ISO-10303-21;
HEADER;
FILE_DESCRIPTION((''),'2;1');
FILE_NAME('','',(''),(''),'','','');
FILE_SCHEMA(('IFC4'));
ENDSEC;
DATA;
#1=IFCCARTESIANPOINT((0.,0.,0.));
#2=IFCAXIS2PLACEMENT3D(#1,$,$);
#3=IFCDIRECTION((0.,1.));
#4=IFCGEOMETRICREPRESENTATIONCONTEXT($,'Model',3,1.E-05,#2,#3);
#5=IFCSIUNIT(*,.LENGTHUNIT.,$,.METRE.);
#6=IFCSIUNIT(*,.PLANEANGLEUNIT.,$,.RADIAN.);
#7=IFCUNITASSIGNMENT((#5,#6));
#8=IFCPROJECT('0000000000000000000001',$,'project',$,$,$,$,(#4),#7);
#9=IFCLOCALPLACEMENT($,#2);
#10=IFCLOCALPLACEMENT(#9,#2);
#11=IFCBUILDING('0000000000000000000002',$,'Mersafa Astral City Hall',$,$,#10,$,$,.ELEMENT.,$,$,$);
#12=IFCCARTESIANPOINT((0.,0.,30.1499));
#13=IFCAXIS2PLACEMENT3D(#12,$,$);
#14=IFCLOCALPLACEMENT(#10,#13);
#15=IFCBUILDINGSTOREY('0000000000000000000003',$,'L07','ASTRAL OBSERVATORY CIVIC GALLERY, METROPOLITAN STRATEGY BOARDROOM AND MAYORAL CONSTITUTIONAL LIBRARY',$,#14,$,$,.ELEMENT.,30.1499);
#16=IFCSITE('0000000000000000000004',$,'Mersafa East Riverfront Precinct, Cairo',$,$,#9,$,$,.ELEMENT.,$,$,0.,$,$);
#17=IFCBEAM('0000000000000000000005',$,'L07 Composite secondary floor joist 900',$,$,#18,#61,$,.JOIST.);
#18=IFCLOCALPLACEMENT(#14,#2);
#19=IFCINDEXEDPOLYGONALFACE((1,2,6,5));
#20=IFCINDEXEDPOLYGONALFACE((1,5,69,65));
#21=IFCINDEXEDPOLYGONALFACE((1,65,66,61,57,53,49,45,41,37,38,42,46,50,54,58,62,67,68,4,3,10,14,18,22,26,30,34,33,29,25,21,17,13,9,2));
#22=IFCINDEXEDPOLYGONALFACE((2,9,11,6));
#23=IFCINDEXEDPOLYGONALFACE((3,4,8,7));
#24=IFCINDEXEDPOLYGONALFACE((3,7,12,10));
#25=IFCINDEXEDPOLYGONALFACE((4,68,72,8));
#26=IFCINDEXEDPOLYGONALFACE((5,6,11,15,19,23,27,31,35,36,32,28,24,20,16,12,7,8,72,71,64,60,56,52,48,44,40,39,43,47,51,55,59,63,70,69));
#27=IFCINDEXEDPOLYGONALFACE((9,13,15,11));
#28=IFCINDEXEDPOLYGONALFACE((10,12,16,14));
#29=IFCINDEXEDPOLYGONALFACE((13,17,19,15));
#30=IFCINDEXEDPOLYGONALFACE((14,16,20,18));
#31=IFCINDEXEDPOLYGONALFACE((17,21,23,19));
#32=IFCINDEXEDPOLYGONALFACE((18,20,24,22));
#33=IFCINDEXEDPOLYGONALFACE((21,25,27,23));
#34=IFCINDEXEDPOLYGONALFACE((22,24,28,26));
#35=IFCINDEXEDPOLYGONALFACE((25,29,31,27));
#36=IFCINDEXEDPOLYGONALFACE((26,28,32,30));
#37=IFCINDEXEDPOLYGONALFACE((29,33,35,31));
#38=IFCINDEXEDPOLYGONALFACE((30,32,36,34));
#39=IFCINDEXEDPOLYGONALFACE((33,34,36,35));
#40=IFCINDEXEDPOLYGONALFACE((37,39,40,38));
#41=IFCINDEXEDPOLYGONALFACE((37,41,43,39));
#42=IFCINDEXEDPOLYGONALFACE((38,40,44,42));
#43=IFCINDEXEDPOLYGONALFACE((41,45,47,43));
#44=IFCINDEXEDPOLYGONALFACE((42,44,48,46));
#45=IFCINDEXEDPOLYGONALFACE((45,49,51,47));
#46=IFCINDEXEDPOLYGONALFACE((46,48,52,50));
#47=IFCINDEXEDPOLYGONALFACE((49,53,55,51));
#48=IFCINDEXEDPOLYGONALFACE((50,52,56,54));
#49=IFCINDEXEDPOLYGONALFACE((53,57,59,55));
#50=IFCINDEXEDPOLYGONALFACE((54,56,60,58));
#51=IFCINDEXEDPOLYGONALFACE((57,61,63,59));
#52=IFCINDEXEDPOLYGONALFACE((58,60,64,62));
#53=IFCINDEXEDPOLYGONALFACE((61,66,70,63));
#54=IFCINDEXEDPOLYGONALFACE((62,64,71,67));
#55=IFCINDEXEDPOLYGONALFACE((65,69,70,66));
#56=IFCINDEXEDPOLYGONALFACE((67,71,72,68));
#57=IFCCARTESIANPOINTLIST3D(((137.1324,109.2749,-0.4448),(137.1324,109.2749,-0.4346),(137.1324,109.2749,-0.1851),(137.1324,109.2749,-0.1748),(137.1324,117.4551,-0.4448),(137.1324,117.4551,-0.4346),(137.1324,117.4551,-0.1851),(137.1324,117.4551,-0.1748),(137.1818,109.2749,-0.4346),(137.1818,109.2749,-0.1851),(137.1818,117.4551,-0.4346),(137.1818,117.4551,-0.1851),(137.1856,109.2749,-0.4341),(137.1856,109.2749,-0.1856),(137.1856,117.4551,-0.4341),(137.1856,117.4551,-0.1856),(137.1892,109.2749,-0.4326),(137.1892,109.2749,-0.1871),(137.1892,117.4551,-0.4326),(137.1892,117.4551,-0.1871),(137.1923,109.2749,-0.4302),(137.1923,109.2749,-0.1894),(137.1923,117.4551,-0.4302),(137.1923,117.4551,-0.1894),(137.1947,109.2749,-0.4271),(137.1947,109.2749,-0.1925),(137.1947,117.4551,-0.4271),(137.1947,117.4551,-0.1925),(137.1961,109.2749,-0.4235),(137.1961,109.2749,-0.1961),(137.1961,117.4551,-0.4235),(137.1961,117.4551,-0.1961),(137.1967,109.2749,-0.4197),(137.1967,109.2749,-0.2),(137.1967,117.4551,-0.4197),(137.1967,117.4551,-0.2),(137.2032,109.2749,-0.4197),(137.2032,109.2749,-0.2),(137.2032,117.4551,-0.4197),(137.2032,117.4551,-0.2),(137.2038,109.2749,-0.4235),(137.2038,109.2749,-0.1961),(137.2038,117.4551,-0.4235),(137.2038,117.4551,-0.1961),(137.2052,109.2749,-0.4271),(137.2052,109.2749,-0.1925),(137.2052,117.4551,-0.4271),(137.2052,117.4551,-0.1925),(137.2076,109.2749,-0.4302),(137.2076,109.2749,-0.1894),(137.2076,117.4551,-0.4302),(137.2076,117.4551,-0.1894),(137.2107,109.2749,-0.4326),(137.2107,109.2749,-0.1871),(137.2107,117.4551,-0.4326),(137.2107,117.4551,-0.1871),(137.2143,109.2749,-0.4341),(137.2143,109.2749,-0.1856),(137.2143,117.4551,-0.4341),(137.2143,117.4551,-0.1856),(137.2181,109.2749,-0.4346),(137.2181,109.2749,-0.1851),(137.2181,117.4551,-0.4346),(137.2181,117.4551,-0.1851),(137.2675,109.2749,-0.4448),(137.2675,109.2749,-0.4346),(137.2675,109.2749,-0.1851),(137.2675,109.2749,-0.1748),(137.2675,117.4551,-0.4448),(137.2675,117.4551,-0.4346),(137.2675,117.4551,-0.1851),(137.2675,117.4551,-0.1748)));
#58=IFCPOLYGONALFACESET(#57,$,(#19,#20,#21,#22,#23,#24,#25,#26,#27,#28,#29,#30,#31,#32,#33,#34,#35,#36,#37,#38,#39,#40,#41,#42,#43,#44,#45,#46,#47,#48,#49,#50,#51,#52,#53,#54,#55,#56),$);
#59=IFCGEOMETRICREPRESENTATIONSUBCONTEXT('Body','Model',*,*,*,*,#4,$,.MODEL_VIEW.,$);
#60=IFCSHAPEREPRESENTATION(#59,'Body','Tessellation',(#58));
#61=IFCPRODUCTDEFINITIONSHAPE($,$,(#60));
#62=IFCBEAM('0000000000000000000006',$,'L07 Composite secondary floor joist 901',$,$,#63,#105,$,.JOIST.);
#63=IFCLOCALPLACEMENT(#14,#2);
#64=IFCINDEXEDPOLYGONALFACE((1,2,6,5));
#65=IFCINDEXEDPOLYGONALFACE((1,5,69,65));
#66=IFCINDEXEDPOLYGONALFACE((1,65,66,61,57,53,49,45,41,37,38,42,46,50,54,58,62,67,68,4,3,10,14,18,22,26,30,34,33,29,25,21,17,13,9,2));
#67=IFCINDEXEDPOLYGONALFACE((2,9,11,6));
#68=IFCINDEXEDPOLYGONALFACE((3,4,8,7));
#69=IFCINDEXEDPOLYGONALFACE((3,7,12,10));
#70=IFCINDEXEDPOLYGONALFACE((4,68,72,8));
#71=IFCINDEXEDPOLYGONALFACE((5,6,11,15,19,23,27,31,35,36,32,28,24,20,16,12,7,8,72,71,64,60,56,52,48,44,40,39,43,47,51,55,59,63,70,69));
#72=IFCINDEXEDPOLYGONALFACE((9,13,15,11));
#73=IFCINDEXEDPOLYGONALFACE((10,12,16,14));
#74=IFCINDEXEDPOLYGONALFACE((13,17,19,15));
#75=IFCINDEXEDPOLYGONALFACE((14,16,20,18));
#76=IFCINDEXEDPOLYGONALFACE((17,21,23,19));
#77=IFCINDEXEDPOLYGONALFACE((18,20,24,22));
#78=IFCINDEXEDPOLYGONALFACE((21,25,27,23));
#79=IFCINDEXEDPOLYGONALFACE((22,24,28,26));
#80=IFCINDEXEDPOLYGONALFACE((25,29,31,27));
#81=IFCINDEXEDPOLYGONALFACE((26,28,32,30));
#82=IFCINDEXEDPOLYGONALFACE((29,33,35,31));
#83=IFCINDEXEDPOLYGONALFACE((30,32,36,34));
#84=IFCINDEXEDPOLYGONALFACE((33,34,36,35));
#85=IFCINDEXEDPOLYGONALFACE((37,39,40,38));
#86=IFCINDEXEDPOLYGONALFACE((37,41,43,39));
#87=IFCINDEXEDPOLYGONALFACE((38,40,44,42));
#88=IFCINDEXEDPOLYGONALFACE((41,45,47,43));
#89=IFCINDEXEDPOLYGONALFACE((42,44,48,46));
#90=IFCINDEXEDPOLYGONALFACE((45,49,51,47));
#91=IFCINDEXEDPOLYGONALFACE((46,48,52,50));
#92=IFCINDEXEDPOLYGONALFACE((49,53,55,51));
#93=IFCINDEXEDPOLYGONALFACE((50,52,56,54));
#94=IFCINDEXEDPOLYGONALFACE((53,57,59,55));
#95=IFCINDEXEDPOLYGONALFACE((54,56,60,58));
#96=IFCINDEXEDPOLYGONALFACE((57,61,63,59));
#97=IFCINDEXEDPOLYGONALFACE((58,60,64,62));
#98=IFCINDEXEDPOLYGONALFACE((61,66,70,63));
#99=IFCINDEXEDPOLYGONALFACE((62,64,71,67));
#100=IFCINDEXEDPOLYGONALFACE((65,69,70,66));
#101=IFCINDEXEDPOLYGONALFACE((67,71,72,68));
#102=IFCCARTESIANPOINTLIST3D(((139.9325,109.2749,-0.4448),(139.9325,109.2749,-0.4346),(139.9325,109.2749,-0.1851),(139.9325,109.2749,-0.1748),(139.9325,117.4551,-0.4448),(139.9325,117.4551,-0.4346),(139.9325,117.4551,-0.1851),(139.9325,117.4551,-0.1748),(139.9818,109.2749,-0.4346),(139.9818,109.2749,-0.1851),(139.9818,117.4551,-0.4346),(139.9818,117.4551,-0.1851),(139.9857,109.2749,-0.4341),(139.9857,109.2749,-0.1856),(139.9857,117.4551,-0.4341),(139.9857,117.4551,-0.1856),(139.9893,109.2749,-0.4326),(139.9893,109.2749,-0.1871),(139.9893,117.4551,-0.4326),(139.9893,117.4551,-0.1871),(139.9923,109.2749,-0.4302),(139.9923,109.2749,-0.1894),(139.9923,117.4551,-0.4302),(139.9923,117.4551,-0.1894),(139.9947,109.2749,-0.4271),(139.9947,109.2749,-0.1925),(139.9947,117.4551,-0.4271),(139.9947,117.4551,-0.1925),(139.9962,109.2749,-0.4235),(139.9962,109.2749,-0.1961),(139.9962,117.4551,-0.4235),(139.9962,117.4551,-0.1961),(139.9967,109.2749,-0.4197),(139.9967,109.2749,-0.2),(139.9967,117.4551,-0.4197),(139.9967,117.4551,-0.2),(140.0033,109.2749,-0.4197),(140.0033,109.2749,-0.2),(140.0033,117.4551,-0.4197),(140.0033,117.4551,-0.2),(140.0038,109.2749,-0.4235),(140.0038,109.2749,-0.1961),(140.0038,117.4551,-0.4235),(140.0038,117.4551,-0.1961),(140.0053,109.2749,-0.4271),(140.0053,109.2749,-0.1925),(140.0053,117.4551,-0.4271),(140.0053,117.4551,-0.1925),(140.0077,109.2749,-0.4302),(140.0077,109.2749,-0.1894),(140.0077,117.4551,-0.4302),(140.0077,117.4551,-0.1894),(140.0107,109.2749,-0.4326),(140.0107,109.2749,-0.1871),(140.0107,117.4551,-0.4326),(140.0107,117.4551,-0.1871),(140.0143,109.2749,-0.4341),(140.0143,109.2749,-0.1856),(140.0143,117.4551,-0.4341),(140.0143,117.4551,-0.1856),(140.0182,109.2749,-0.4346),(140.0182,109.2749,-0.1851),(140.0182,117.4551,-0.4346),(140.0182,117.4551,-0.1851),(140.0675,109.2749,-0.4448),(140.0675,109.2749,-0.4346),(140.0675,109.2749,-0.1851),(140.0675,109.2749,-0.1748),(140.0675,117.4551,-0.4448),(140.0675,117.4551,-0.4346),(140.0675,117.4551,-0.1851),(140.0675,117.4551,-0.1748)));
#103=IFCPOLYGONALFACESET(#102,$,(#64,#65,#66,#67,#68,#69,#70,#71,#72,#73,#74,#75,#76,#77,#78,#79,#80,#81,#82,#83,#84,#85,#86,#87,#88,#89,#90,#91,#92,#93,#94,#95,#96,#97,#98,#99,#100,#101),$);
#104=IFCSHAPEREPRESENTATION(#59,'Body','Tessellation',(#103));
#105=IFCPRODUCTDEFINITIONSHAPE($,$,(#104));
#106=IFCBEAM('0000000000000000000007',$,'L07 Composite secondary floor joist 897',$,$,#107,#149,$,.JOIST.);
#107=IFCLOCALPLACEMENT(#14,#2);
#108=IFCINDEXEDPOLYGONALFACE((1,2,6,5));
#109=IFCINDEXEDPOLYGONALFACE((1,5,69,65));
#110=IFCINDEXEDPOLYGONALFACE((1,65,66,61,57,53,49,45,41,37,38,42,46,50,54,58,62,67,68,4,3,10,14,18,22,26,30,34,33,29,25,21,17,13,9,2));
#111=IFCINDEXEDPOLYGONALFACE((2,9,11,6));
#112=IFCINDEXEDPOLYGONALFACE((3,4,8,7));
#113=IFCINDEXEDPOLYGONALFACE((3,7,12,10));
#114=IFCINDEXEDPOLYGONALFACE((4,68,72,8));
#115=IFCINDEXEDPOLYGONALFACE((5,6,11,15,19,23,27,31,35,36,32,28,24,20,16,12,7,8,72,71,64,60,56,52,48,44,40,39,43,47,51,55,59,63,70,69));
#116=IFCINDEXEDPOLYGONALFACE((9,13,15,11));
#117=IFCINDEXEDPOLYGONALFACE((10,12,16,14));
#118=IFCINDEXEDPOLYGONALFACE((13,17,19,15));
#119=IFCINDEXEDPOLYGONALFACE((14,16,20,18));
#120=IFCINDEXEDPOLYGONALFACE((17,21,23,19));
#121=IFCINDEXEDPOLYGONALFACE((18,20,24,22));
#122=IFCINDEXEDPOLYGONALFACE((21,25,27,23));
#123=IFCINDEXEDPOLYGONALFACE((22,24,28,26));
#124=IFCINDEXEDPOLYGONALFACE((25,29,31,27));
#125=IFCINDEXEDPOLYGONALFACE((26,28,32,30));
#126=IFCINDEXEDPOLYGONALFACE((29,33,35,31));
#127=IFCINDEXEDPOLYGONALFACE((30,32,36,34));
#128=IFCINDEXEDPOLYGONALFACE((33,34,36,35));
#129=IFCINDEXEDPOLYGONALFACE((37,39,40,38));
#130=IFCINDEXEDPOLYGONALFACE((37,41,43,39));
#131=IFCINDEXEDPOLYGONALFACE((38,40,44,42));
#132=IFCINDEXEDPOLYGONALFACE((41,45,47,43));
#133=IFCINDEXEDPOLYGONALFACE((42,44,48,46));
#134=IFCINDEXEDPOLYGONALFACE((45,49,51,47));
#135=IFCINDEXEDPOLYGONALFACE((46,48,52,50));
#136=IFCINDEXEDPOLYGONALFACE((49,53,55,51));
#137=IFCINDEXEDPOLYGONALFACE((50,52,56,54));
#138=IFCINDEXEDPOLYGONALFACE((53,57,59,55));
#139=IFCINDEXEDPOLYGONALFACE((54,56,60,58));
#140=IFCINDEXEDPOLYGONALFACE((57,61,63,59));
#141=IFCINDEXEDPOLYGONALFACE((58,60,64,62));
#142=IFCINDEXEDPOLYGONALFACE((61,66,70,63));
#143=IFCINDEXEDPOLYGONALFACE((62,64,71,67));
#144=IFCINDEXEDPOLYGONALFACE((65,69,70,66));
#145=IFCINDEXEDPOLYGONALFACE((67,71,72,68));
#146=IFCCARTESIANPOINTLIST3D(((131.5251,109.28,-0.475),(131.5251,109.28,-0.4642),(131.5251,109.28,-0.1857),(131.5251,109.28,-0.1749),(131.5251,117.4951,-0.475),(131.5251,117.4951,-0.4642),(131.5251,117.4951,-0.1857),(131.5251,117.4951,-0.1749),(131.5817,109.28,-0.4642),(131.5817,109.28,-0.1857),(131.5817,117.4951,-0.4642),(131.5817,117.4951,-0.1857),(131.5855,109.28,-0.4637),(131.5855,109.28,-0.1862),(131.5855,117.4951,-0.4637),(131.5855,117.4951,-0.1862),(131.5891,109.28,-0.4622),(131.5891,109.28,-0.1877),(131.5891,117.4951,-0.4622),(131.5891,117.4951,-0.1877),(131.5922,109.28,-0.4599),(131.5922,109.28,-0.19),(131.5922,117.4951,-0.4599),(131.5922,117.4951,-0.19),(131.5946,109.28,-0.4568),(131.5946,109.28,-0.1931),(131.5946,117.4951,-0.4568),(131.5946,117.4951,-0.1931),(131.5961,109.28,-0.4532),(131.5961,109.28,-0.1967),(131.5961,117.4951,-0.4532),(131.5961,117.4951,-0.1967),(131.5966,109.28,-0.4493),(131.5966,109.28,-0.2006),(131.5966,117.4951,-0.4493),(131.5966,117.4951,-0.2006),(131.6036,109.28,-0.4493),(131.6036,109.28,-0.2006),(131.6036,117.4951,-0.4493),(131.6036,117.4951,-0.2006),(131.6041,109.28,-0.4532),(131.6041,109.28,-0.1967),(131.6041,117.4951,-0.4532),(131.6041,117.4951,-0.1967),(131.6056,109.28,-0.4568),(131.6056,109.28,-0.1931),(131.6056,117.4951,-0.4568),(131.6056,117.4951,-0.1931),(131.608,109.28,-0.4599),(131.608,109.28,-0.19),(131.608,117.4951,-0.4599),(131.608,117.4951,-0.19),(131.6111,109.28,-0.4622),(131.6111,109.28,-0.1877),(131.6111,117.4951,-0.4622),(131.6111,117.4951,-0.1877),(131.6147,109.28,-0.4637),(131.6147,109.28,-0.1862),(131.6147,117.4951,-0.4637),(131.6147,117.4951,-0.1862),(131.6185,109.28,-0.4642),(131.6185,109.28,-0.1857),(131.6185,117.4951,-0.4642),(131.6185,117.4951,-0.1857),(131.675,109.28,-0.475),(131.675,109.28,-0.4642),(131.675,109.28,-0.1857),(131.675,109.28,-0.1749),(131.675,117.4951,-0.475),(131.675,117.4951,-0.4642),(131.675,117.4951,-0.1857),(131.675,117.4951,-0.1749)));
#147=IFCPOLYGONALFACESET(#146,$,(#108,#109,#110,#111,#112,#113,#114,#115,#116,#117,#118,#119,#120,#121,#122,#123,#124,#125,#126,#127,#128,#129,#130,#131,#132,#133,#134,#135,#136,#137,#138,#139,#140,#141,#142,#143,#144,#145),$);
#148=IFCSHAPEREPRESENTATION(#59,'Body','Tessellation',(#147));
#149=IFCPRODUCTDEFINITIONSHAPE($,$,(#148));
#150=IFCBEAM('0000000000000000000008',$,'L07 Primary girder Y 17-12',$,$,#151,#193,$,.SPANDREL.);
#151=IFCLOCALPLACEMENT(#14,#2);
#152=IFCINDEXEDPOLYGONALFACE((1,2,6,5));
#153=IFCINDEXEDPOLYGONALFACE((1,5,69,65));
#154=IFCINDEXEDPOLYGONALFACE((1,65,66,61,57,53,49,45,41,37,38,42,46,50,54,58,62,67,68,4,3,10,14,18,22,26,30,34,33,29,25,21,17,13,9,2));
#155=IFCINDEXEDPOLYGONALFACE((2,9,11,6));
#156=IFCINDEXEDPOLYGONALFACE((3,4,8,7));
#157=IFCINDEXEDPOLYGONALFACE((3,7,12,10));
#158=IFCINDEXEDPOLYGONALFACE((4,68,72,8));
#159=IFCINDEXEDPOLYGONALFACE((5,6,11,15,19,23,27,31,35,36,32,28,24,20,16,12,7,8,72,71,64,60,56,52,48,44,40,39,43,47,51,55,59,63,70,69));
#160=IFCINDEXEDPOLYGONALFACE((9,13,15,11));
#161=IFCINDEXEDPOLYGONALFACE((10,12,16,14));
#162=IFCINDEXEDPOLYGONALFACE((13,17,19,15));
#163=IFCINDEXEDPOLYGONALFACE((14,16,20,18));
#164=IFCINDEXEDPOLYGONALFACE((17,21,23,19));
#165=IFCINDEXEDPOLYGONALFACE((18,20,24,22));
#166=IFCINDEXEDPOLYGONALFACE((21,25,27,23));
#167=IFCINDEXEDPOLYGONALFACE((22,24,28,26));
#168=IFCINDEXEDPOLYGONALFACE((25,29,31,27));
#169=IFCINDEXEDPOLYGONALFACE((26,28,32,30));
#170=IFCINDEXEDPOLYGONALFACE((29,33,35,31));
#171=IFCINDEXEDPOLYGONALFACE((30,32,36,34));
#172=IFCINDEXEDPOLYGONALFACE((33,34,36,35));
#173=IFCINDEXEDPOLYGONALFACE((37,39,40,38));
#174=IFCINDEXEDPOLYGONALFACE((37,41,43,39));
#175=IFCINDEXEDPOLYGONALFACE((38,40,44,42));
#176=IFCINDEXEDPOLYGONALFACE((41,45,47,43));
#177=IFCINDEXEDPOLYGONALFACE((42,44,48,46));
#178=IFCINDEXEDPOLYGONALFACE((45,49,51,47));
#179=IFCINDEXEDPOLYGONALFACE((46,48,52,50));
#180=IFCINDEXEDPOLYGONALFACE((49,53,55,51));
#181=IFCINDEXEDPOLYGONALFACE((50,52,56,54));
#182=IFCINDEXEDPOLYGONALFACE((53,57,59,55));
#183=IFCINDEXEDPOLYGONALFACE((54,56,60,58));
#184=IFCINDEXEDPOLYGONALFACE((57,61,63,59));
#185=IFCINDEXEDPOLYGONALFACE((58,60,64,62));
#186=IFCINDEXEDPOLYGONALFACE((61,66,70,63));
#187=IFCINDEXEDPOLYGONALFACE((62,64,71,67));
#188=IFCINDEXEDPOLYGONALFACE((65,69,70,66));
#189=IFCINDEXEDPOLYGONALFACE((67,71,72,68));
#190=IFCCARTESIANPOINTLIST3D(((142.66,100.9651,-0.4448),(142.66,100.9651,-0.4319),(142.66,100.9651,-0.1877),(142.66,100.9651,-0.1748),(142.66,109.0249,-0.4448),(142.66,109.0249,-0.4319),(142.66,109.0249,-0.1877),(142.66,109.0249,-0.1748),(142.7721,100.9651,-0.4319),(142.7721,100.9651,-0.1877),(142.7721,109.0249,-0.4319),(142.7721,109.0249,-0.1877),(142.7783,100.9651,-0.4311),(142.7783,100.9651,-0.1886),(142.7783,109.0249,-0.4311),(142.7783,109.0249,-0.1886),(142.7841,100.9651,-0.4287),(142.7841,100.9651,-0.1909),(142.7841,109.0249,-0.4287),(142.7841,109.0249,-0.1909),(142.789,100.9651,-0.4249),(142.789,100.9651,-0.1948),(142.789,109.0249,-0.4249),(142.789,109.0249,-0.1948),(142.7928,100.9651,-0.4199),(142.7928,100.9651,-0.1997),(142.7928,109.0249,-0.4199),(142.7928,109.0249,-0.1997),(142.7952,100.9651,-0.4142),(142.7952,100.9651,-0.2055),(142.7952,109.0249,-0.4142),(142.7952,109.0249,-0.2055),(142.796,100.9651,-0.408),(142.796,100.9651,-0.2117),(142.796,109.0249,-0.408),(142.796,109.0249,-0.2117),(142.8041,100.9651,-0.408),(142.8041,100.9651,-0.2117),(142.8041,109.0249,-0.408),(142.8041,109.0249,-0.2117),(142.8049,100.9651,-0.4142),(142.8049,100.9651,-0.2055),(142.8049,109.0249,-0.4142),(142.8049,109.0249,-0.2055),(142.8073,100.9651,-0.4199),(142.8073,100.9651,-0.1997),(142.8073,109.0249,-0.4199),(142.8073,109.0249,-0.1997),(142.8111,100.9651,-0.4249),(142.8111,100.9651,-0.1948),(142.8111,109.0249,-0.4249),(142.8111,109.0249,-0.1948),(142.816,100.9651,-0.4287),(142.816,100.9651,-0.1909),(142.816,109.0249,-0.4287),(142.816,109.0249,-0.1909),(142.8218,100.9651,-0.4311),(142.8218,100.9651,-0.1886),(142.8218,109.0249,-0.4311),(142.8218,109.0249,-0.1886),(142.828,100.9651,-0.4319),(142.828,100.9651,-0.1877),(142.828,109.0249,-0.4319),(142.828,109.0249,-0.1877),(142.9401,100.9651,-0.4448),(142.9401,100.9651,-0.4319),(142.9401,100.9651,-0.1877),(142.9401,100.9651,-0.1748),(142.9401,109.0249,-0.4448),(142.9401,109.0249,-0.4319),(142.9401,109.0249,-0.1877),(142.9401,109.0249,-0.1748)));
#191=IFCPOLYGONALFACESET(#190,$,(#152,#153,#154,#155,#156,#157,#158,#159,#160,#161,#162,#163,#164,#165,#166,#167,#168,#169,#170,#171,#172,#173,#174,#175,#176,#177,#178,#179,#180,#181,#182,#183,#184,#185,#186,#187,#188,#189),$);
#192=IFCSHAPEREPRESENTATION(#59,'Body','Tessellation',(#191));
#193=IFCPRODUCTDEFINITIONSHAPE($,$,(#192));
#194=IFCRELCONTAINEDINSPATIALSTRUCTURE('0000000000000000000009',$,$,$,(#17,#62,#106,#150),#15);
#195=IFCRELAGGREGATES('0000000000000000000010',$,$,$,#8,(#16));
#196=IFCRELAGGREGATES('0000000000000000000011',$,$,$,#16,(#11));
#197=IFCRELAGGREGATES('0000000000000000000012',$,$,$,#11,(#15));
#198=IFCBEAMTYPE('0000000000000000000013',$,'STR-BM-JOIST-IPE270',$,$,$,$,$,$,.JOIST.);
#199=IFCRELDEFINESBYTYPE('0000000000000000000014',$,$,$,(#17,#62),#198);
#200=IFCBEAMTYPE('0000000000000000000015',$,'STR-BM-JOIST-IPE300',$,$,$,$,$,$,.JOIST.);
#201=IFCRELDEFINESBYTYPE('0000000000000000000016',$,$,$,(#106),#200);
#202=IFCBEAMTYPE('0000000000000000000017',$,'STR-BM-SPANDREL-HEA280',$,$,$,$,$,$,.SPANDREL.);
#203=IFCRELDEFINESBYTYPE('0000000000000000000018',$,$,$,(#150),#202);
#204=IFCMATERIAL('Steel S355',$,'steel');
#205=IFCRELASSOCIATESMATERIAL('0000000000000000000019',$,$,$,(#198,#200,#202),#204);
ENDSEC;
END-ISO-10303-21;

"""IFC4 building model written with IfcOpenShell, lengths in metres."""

from ifc_helpers import new_model, si_unit, direction, frame, origin, origin_2d, place, context, subcontext, project, spatial, i_section, extrude, material, material_profile, profile_set, type_object, element, save


model = new_model("IFC4")

# Units and contexts
model_context = context("Model", 3, precision=1e-05, world=origin(), true_north=direction((0.0, 1.0)))
body_context = subcontext(model_context, "Body", "Model", "MODEL_VIEW")
ifc_project = project(units=[si_unit("LENGTHUNIT", "METRE"), si_unit("PLANEANGLEUNIT", "RADIAN")], contexts=[model_context])

# Site, building, storey
site_placement = place(None, origin())
site = spatial("IfcSite", under=ifc_project, at=site_placement, Name="Mersafa East Riverfront Precinct, Cairo", CompositionType="ELEMENT", RefElevation=0.0)
building_placement = place(site_placement, origin())
building = spatial("IfcBuilding", under=site, at=building_placement, Name="Mersafa Astral City Hall", CompositionType="ELEMENT")
storey_placement = place(building_placement, frame((0.0, 0.0, 30.1499)))
storey = spatial("IfcBuildingStorey", under=building, at=storey_placement, Name="L07", Description="ASTRAL OBSERVATORY CIVIC GALLERY, METROPOLITAN STRATEGY BOARDROOM AND MAYORAL CONSTITUTIONAL LIBRARY", CompositionType="ELEMENT", Elevation=30.1499)

# Shared definitions
ifc_material_1 = material(Name="Steel S355", Category="steel")

# Beams
ifc_material_profile_1 = material_profile(ifc_material_1, i_section(OverallWidth=0.135, OverallDepth=0.27, WebThickness=0.0066, FlangeThickness=0.0103, FilletRadius=0.0149, at=origin_2d()), Name="IPE 270")
ifc_profile_set_1 = profile_set([ifc_material_profile_1], Name="Steel S355")
beam_type_1 = type_object("IfcBeamType", Name="STR-BM-JOIST-IPE270", PredefinedType="JOIST", material=ifc_profile_set_1)
for number, where, z_axis, x_axis, name in (
    (1, (137.2, 109.2749, -0.3098), (0.0, 1.0, 0.0), (-1.0, 0.0, 0.0), "L07 Composite secondary floor joist 900"),
    (2, (140.0, 109.2749, -0.3098), (0.0, 1.0, 0.0), (-1.0, 0.0, 0.0), "L07 Composite secondary floor joist 901"),
):
    element("IfcBeam", number, at=place(storey_placement, frame(where, z_axis=z_axis, x_axis=x_axis)), inside=storey, type_object=beam_type_1, Name=name, PredefinedType="JOIST", context=body_context, shape_type="SweptSolid", body=[
        extrude(i_section(OverallWidth=0.135, OverallDepth=0.27, WebThickness=0.0066, FlangeThickness=0.0103, FilletRadius=0.0149, at=origin_2d()), origin(), (0.0, 0.0, 1.0), 8.1802),
    ])
ifc_material_profile_2 = material_profile(ifc_material_1, i_section(OverallWidth=0.1499, OverallDepth=0.3, WebThickness=0.0071, FlangeThickness=0.0107, FilletRadius=0.0149, at=origin_2d()), Name="IPE 300")
ifc_profile_set_2 = profile_set([ifc_material_profile_2], Name="Steel S355")
beam_type_2 = type_object("IfcBeamType", Name="STR-BM-JOIST-IPE300", PredefinedType="JOIST", material=ifc_profile_set_2)
beam_1_placement = place(storey_placement, frame((131.6001, 109.28, -0.325), z_axis=(0.0, 1.0, 0.0), x_axis=(-1.0, 0.0, 0.0)))
element("IfcBeam", 3, at=beam_1_placement, inside=storey, type_object=beam_type_2, Name="L07 Composite secondary floor joist 897", PredefinedType="JOIST", context=body_context, shape_type="SweptSolid", body=[
    extrude(i_section(OverallWidth=0.1499, OverallDepth=0.3, WebThickness=0.0071, FlangeThickness=0.0107, FilletRadius=0.0149, at=origin_2d()), origin(), (0.0, 0.0, 1.0), 8.2151),
])
ifc_material_profile_3 = material_profile(ifc_material_1, i_section(OverallWidth=0.28, OverallDepth=0.27, WebThickness=0.0081, FlangeThickness=0.0129, FilletRadius=0.0239, at=origin_2d()), Name="HEA 280")
ifc_profile_set_3 = profile_set([ifc_material_profile_3], Name="Steel S355")
beam_type_3 = type_object("IfcBeamType", Name="STR-BM-SPANDREL-HEA280", PredefinedType="SPANDREL", material=ifc_profile_set_3)
beam_2_placement = place(storey_placement, frame((142.8, 100.9651, -0.3098), z_axis=(0.0, 1.0, 0.0), x_axis=(-1.0, 0.0, 0.0)))
element("IfcBeam", 4, at=beam_2_placement, inside=storey, type_object=beam_type_3, Name="L07 Primary girder Y 17-12", PredefinedType="SPANDREL", context=body_context, shape_type="SweptSolid", body=[
    extrude(i_section(OverallWidth=0.28, OverallDepth=0.27, WebThickness=0.0081, FlangeThickness=0.0129, FilletRadius=0.0239, at=origin_2d()), origin(), (0.0, 0.0, 1.0), 8.0598),
])

save(model, "model.ifc")
